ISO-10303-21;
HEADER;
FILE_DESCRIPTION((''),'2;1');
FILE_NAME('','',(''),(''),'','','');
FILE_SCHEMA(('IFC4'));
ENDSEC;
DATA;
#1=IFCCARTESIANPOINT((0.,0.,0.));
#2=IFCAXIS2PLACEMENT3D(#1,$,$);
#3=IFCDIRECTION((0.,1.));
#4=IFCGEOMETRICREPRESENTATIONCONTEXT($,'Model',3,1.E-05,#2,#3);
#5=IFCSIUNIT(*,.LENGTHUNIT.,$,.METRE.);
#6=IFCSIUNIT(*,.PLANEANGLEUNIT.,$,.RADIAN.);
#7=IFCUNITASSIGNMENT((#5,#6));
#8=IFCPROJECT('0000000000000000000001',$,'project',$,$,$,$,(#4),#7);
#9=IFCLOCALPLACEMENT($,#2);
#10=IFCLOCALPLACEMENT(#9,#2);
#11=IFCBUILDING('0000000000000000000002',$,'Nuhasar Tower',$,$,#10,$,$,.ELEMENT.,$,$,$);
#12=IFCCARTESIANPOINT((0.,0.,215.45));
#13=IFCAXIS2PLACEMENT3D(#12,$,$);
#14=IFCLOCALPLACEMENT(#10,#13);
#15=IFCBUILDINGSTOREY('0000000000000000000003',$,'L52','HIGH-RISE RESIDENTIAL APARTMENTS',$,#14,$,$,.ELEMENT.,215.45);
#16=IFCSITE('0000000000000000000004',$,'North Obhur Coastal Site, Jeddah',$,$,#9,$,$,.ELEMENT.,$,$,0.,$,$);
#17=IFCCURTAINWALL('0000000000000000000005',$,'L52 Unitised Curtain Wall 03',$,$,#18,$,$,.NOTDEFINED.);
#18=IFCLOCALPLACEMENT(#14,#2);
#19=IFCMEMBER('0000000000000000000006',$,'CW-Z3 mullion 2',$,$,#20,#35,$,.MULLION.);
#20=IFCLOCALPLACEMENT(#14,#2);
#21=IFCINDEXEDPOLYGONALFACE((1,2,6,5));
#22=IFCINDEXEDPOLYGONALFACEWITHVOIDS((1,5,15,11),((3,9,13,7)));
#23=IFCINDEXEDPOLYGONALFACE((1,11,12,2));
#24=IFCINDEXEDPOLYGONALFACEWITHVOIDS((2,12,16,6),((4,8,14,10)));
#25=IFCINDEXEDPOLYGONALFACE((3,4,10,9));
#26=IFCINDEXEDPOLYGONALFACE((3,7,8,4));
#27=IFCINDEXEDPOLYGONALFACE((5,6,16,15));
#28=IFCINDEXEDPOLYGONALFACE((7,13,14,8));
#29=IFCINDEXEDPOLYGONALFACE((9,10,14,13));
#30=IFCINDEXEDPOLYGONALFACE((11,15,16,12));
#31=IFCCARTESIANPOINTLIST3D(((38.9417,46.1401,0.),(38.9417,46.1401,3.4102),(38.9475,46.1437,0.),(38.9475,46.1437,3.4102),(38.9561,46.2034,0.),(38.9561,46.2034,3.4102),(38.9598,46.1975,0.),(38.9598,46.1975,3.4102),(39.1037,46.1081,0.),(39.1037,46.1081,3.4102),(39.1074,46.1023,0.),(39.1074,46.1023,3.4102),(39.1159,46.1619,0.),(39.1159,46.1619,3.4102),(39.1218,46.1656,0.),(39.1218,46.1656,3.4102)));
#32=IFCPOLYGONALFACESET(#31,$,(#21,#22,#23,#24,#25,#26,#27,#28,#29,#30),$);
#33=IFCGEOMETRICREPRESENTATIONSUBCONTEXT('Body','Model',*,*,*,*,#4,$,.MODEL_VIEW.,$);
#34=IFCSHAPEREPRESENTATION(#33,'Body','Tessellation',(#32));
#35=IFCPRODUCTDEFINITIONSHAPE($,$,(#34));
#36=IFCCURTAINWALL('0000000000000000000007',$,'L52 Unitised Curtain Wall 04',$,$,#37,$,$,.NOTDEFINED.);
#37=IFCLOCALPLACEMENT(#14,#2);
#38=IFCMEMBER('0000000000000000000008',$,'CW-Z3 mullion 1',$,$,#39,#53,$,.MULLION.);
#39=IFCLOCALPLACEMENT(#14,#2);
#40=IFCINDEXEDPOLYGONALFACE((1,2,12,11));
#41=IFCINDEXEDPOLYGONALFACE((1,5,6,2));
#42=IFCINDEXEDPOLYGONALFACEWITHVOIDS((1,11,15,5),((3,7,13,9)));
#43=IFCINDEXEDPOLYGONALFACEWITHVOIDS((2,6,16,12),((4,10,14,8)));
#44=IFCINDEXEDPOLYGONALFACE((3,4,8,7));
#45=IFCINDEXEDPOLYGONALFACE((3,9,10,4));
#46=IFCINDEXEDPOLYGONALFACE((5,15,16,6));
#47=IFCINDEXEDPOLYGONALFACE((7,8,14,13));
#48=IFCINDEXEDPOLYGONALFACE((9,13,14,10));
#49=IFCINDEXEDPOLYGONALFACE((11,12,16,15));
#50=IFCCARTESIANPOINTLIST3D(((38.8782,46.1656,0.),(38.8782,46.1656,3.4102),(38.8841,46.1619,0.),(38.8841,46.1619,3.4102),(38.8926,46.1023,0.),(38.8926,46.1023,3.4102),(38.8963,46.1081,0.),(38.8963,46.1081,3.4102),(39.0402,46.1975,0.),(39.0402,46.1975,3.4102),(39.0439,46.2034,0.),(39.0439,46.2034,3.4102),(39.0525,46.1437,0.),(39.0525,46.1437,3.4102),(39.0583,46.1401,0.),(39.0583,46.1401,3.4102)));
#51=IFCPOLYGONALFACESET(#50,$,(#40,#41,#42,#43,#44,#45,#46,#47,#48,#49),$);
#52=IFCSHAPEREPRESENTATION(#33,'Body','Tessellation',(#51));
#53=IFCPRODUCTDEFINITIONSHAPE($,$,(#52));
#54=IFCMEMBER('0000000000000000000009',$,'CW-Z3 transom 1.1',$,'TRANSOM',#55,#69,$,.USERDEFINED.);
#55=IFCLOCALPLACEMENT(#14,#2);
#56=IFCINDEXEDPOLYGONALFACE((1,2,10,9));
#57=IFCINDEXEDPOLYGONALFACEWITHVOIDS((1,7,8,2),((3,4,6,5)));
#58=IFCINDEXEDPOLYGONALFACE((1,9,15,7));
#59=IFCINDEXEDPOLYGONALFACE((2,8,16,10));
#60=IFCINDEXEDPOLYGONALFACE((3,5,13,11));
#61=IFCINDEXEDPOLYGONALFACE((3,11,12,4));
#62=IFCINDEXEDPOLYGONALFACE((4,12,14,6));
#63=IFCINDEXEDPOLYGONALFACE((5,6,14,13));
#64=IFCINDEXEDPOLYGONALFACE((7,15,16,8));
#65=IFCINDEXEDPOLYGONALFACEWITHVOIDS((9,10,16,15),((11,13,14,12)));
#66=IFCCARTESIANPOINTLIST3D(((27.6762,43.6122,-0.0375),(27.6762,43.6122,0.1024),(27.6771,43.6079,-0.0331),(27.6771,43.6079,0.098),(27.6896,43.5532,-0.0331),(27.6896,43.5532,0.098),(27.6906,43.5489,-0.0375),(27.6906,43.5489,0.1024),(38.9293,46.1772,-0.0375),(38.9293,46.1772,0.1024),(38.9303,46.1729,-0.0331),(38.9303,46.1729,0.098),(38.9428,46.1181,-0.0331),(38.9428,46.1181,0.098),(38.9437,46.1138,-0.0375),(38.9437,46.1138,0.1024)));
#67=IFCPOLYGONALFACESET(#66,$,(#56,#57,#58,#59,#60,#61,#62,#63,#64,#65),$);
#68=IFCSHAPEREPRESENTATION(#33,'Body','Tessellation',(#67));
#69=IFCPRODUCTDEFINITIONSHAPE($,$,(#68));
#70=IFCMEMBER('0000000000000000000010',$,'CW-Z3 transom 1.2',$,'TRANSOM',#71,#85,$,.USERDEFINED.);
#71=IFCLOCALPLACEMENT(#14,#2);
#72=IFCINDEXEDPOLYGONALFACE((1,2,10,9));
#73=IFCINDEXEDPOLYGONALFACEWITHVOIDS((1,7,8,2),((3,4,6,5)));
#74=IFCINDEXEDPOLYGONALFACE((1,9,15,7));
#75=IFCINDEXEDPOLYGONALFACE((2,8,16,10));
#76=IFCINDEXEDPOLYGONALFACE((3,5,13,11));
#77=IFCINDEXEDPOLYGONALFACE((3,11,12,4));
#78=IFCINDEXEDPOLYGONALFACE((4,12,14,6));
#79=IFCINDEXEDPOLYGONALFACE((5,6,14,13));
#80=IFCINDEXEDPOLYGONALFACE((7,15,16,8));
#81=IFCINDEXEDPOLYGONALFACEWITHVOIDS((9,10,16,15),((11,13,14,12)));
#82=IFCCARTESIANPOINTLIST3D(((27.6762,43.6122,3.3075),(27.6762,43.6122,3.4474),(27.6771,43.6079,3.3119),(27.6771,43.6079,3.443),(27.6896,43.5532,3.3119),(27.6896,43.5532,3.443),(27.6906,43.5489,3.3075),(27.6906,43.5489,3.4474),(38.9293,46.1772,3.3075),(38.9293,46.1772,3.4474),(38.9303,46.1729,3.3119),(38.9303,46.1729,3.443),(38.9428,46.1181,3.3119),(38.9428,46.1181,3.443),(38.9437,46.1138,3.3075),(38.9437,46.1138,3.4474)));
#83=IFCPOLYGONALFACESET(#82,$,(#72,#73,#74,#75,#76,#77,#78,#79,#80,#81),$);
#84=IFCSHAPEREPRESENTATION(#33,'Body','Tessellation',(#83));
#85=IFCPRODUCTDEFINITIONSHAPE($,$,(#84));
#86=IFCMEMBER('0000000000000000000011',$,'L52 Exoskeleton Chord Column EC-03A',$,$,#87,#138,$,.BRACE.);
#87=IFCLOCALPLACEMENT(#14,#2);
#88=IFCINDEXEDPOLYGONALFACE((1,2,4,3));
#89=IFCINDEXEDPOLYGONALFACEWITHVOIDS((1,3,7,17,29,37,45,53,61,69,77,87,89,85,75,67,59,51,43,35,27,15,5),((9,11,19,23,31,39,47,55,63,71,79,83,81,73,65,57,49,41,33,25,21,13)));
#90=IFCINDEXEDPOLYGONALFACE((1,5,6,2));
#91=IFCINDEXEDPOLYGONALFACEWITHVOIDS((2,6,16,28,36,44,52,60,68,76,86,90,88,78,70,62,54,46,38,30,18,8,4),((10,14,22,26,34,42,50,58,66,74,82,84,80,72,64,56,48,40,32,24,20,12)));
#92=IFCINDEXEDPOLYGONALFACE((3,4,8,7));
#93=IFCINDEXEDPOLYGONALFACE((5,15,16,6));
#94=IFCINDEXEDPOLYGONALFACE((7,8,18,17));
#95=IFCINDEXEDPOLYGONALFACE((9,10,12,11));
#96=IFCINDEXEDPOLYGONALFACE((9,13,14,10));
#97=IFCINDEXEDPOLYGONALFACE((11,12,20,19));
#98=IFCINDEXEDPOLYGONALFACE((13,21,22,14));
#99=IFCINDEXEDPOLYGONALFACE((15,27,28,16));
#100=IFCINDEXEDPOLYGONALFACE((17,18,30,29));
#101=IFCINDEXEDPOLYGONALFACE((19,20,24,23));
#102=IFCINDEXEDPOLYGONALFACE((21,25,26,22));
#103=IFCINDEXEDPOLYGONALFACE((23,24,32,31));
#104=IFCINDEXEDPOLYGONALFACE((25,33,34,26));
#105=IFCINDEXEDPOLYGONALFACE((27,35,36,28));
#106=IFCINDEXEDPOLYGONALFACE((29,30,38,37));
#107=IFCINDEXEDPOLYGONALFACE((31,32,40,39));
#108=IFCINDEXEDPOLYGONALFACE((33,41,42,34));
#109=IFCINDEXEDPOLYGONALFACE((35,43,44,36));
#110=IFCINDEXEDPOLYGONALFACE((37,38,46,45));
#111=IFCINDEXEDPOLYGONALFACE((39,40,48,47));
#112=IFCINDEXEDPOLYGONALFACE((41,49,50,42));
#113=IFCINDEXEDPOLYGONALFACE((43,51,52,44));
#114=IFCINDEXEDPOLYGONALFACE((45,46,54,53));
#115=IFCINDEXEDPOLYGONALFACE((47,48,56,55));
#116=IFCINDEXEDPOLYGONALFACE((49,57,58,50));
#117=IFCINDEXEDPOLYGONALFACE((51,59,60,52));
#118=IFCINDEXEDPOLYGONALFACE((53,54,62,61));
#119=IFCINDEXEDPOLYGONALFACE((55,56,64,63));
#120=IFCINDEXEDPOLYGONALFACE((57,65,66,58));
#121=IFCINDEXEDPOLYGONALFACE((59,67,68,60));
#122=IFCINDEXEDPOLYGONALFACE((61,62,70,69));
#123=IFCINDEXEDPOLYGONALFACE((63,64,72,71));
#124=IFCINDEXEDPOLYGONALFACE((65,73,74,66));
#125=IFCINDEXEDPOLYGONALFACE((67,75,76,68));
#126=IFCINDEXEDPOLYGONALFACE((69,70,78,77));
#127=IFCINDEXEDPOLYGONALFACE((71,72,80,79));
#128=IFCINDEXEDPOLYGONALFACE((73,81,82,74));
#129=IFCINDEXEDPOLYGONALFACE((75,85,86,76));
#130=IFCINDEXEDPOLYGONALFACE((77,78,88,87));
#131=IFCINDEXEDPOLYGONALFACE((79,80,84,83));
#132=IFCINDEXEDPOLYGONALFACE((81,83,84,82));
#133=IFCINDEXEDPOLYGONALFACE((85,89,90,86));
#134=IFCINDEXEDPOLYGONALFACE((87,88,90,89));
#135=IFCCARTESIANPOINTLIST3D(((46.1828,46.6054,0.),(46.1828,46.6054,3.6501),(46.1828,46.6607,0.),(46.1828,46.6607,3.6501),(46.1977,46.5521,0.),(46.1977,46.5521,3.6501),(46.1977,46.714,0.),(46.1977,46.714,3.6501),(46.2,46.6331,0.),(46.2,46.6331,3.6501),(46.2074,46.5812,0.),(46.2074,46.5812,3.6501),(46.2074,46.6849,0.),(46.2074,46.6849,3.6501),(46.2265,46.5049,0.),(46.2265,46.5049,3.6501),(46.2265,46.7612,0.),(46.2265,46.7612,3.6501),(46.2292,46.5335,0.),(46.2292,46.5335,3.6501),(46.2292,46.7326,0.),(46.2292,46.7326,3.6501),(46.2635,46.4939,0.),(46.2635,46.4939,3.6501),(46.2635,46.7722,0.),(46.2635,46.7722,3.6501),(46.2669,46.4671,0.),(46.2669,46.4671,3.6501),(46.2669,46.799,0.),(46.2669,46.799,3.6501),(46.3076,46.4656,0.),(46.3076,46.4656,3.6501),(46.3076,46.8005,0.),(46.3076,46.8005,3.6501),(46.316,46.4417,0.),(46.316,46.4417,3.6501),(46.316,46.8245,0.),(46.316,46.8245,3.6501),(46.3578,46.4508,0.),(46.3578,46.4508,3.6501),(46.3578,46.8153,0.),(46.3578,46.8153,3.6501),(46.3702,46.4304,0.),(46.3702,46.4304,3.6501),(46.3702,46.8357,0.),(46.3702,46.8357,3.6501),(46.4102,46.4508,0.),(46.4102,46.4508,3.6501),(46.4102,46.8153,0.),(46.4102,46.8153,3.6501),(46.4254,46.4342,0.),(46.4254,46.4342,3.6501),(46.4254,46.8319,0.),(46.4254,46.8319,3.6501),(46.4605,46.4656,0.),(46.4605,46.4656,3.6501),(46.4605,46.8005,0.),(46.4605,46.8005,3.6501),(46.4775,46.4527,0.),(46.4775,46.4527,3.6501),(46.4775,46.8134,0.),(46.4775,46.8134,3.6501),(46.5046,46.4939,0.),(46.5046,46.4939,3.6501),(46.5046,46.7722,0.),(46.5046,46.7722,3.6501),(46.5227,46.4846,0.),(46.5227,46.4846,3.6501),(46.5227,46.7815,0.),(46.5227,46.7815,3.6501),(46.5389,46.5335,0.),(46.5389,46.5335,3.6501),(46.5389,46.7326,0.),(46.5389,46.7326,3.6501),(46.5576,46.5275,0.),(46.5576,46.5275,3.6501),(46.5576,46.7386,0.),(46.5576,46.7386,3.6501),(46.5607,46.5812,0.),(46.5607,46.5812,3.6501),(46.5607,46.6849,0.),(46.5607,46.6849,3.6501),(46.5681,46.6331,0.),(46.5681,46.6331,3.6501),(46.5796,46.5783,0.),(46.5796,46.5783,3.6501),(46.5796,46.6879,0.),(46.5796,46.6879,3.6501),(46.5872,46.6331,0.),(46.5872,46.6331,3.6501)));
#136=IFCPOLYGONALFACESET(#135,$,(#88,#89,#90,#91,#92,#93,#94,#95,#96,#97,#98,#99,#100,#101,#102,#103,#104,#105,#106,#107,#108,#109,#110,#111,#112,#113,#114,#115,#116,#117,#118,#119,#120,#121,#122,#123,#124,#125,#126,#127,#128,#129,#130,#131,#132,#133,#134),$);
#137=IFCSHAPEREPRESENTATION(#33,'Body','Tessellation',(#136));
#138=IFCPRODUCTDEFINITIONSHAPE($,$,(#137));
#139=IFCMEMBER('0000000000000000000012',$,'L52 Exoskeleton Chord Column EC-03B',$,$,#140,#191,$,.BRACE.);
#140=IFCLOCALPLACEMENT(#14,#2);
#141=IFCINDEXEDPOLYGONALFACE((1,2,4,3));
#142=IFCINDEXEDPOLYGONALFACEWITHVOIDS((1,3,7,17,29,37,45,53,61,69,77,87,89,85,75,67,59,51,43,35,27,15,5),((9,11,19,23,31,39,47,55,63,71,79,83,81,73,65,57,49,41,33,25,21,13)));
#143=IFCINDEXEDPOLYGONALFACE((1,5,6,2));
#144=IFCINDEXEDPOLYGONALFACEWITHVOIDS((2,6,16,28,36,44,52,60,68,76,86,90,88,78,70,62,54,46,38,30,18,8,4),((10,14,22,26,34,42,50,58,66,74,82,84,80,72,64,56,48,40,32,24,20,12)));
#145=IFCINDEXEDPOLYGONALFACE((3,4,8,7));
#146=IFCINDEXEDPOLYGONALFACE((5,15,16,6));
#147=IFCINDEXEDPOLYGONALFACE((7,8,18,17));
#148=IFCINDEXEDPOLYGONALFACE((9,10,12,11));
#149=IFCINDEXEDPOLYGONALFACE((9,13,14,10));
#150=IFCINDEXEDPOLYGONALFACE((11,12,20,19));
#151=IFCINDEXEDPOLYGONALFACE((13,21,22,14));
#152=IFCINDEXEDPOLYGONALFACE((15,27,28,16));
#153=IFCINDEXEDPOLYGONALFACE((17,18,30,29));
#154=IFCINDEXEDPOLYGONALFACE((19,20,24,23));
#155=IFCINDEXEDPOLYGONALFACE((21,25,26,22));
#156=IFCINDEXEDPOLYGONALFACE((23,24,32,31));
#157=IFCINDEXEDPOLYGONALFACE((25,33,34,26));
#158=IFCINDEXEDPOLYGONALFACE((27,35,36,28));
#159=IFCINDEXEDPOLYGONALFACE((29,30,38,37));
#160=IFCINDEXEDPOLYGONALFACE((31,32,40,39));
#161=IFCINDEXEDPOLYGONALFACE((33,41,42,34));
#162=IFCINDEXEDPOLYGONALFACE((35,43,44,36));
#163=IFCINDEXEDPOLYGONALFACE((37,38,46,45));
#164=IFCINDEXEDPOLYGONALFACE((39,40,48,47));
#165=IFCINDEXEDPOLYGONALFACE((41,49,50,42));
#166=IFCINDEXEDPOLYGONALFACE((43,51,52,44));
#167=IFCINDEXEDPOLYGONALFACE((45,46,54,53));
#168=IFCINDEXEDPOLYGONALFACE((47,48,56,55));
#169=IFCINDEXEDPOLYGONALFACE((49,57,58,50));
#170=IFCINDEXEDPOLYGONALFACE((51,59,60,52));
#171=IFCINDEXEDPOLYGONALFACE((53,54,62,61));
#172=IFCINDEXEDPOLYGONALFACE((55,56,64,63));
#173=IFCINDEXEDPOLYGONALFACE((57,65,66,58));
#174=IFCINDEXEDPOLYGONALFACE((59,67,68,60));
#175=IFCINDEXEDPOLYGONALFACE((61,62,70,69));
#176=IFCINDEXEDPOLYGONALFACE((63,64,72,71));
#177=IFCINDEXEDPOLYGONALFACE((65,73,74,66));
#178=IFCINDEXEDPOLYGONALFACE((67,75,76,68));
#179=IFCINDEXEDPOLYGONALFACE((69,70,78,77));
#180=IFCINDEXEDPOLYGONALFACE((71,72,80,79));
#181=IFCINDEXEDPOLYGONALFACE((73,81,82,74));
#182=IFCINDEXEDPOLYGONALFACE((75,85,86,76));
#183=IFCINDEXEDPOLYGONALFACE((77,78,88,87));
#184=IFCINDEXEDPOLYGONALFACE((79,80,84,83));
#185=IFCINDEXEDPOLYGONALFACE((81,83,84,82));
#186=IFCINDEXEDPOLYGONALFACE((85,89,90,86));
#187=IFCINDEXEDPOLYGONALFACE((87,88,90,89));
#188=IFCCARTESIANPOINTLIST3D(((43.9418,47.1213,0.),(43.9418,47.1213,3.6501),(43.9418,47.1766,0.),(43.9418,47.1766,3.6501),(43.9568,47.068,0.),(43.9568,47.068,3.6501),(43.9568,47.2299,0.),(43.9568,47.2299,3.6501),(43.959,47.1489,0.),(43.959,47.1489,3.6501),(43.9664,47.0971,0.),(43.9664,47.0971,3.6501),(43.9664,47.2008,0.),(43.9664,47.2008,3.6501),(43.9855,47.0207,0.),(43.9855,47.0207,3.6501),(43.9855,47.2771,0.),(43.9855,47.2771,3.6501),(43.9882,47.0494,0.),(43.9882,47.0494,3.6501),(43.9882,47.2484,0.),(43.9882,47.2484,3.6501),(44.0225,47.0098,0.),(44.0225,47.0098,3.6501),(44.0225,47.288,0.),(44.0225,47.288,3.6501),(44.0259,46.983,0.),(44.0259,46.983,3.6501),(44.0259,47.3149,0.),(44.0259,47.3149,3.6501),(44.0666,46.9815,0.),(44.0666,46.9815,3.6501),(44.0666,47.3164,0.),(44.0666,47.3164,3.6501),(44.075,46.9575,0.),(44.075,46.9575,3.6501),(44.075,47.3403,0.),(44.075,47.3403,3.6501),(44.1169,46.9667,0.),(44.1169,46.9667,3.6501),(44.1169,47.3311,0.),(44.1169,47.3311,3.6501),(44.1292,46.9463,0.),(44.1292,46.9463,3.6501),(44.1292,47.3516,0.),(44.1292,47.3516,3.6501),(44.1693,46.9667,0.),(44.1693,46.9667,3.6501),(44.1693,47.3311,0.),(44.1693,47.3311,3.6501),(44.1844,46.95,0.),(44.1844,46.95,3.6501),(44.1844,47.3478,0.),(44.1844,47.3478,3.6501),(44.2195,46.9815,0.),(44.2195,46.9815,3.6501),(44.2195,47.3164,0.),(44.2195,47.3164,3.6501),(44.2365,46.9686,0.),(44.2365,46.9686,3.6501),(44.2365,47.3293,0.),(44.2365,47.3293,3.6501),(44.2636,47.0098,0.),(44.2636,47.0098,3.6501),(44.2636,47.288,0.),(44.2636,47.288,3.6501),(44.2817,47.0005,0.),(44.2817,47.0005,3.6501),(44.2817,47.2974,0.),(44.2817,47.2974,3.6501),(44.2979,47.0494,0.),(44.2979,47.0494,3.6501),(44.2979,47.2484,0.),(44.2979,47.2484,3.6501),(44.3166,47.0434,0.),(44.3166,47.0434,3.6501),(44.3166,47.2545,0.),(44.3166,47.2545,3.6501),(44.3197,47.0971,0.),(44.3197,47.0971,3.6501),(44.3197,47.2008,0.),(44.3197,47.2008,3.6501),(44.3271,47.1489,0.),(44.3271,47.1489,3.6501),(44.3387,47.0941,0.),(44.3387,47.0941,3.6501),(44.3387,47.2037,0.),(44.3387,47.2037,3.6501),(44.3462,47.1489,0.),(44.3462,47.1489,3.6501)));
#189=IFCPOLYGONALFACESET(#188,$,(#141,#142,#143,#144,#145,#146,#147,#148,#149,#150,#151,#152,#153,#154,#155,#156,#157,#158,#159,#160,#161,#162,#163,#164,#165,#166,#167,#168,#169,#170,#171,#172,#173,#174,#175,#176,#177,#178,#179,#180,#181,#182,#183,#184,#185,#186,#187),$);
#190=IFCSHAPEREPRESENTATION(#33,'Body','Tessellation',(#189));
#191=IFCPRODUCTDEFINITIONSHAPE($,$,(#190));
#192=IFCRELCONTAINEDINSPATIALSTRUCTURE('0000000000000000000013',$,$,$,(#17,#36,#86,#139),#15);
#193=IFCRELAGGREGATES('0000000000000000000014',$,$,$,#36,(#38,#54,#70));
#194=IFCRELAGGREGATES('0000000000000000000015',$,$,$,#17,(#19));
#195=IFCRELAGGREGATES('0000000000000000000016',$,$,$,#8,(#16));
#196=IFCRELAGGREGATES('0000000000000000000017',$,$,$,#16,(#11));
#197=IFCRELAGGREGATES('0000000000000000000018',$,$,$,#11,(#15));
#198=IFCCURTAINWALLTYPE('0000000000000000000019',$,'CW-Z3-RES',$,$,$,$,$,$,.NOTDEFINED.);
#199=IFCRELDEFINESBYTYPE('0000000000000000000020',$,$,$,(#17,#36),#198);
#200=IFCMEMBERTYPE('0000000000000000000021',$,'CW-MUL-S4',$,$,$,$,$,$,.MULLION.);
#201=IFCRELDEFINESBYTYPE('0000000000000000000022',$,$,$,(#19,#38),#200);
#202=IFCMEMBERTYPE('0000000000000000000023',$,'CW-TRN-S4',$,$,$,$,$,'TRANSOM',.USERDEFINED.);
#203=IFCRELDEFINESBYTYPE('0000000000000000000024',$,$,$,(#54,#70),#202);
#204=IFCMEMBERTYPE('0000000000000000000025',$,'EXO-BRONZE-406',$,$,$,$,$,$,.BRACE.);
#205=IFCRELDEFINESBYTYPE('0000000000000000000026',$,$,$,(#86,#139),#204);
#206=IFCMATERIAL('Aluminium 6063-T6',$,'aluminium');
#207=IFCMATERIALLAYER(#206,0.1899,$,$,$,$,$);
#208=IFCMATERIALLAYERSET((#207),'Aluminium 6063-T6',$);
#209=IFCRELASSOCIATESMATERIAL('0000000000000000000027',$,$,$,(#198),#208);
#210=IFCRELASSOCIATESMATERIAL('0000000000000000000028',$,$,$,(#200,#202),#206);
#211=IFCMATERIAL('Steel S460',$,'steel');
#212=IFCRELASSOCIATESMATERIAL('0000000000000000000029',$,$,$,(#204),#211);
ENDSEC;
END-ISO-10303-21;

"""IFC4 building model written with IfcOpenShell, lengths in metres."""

from ifc_helpers import new_model, si_unit, direction, frame, origin, origin_2d, place, context, subcontext, project, spatial, hollow_rectangle, hollow_circle, extrude, material, layer, layer_set, material_profile, profile_set, type_object, element, aggregate, save


model = new_model("IFC4")

# Units and contexts
model_context = context("Model", 3, precision=1e-05, world=origin(), true_north=direction((0.0, 1.0)))
body_context = subcontext(model_context, "Body", "Model", "MODEL_VIEW")
ifc_project = project(units=[si_unit("LENGTHUNIT", "METRE"), si_unit("PLANEANGLEUNIT", "RADIAN")], contexts=[model_context])

# Site, building, storey
site_placement = place(None, origin())
site = spatial("IfcSite", under=ifc_project, at=site_placement, Name="North Obhur Coastal Site, Jeddah", CompositionType="ELEMENT", RefElevation=0.0)
building_placement = place(site_placement, origin())
building = spatial("IfcBuilding", under=site, at=building_placement, Name="Nuhasar Tower", CompositionType="ELEMENT")
storey_placement = place(building_placement, frame((0.0, 0.0, 215.45)))
storey = spatial("IfcBuildingStorey", under=building, at=storey_placement, Name="L52", Description="HIGH-RISE RESIDENTIAL APARTMENTS", CompositionType="ELEMENT", Elevation=215.45)

# Curtain wall, member
ifc_material_1 = material(Name="Aluminium 6063-T6", Category="aluminium")
ifc_layer_1 = layer(ifc_material_1, 0.1899)
ifc_layer_set_1 = layer_set([ifc_layer_1], Name="Aluminium 6063-T6")
curtain_wall_type = type_object("IfcCurtainWallType", Name="CW-Z3-RES", PredefinedType="NOTDEFINED", material=ifc_layer_set_1)
curtain_wall_1_placement = place(storey_placement, origin())
curtain_wall_1 = element("IfcCurtainWall", 1, at=curtain_wall_1_placement, inside=storey, type_object=curtain_wall_type, Name="L52 Unitised Curtain Wall 03", PredefinedType="NOTDEFINED")
ifc_material_profile_1 = material_profile(ifc_material_1, hollow_rectangle(XDim=0.0649, YDim=0.1699, WallThickness=0.0049, at=origin_2d()), Name="CWM-4")
ifc_profile_set_1 = profile_set([ifc_material_profile_1], Name="Aluminium 6063-T6")
member_type_1 = type_object("IfcMemberType", Name="CW-MUL-S4", PredefinedType="MULLION", material=ifc_profile_set_1)
member_1_placement = place(storey_placement, frame((39.0317, 46.1528, 0.0), z_axis=(0.0, 0.0, 1.0), x_axis=(-0.222243, -0.974991, 0.0)))
member_1 = element("IfcMember", 2, at=member_1_placement, type_object=member_type_1, Name="CW-Z3 mullion 2", PredefinedType="MULLION", context=body_context, shape_type="SweptSolid", body=[
    extrude(hollow_rectangle(XDim=0.0649, YDim=0.1699, WallThickness=0.0049, at=origin_2d()), origin(), (0.0, 0.0, 1.0), 3.4102),
])

# Curtain wall, members
curtain_wall_2_placement = place(storey_placement, origin())
curtain_wall_2 = element("IfcCurtainWall", 3, at=curtain_wall_2_placement, inside=storey, type_object=curtain_wall_type, Name="L52 Unitised Curtain Wall 04", PredefinedType="NOTDEFINED")
member_2_placement = place(storey_placement, frame((38.9683, 46.1528, 0.0), z_axis=(0.0, 0.0, 1.0), x_axis=(0.222243, -0.974991, 0.0)))
member_2 = element("IfcMember", 4, at=member_2_placement, type_object=member_type_1, Name="CW-Z3 mullion 1", PredefinedType="MULLION", context=body_context, shape_type="SweptSolid", body=[
    extrude(hollow_rectangle(XDim=0.0649, YDim=0.1699, WallThickness=0.0049, at=origin_2d()), origin(), (0.0, 0.0, 1.0), 3.4102),
])
ifc_material_profile_2 = material_profile(ifc_material_1, hollow_rectangle(XDim=0.0649, YDim=0.1399, WallThickness=0.0044, at=origin_2d()), Name="CWT-4")
ifc_profile_set_2 = profile_set([ifc_material_profile_2], Name="Aluminium 6063-T6")
member_type_2 = type_object("IfcMemberType", Name="CW-TRN-S4", ElementType="TRANSOM", PredefinedType="USERDEFINED", material=ifc_profile_set_2)
member_3_placement = place(storey_placement, frame((38.9365, 46.1455, 0.0325), z_axis=(-0.974994, -0.222231, 0.0), x_axis=(0.222231, -0.974994, 0.0)))
member_3 = element("IfcMember", 5, at=member_3_placement, type_object=member_type_2, Name="CW-Z3 transom 1.1", ObjectType="TRANSOM", PredefinedType="USERDEFINED", context=body_context, shape_type="SweptSolid", body=[
    extrude(hollow_rectangle(XDim=0.0649, YDim=0.1399, WallThickness=0.0044, at=origin_2d()), origin(), (0.0, 0.0, 1.0), 11.5417),
])
member_4_placement = place(storey_placement, frame((38.9365, 46.1455, 3.3774), z_axis=(-0.974994, -0.222231, 0.0), x_axis=(0.222231, -0.974994, 0.0)))
member_4 = element("IfcMember", 6, at=member_4_placement, type_object=member_type_2, Name="CW-Z3 transom 1.2", ObjectType="TRANSOM", PredefinedType="USERDEFINED", context=body_context, shape_type="SweptSolid", body=[
    extrude(hollow_rectangle(XDim=0.0649, YDim=0.1399, WallThickness=0.0044, at=origin_2d()), origin(), (0.0, 0.0, 1.0), 11.5417),
])
aggregate(curtain_wall_2, [member_2, member_3, member_4])

# Members
ifc_material_2 = material(Name="Steel S460", Category="steel")
ifc_material_profile_3 = material_profile(ifc_material_2, hollow_circle(Radius=0.2031, WallThickness=0.019, at=origin_2d()), Name="HSS406.4X19.1")
ifc_profile_set_3 = profile_set([ifc_material_profile_3], Name="Steel S460")
member_type_3 = type_object("IfcMemberType", Name="EXO-BRONZE-406", PredefinedType="BRACE", material=ifc_profile_set_3)
for number, where, z_axis, x_axis, name in (
    (7, (46.384, 46.6331, 0.0), (0.0, 0.0, 1.0), (1.0, 0.0, 0.0), "L52 Exoskeleton Chord Column EC-03A"),
    (8, (44.1431, 47.1489, 0.0), (0.0, 0.0, 1.0), (1.0, 0.0, 0.0), "L52 Exoskeleton Chord Column EC-03B"),
):
    element("IfcMember", number, at=place(storey_placement, frame(where, z_axis=z_axis, x_axis=x_axis)), inside=storey, type_object=member_type_3, Name=name, PredefinedType="BRACE", context=body_context, shape_type="SweptSolid", body=[
        extrude(hollow_circle(Radius=0.2031, WallThickness=0.019, at=origin_2d()), origin(), (0.0, 0.0, 1.0), 3.6501),
    ])

aggregate(curtain_wall_1, [member_1])

save(model, "model.ifc")
